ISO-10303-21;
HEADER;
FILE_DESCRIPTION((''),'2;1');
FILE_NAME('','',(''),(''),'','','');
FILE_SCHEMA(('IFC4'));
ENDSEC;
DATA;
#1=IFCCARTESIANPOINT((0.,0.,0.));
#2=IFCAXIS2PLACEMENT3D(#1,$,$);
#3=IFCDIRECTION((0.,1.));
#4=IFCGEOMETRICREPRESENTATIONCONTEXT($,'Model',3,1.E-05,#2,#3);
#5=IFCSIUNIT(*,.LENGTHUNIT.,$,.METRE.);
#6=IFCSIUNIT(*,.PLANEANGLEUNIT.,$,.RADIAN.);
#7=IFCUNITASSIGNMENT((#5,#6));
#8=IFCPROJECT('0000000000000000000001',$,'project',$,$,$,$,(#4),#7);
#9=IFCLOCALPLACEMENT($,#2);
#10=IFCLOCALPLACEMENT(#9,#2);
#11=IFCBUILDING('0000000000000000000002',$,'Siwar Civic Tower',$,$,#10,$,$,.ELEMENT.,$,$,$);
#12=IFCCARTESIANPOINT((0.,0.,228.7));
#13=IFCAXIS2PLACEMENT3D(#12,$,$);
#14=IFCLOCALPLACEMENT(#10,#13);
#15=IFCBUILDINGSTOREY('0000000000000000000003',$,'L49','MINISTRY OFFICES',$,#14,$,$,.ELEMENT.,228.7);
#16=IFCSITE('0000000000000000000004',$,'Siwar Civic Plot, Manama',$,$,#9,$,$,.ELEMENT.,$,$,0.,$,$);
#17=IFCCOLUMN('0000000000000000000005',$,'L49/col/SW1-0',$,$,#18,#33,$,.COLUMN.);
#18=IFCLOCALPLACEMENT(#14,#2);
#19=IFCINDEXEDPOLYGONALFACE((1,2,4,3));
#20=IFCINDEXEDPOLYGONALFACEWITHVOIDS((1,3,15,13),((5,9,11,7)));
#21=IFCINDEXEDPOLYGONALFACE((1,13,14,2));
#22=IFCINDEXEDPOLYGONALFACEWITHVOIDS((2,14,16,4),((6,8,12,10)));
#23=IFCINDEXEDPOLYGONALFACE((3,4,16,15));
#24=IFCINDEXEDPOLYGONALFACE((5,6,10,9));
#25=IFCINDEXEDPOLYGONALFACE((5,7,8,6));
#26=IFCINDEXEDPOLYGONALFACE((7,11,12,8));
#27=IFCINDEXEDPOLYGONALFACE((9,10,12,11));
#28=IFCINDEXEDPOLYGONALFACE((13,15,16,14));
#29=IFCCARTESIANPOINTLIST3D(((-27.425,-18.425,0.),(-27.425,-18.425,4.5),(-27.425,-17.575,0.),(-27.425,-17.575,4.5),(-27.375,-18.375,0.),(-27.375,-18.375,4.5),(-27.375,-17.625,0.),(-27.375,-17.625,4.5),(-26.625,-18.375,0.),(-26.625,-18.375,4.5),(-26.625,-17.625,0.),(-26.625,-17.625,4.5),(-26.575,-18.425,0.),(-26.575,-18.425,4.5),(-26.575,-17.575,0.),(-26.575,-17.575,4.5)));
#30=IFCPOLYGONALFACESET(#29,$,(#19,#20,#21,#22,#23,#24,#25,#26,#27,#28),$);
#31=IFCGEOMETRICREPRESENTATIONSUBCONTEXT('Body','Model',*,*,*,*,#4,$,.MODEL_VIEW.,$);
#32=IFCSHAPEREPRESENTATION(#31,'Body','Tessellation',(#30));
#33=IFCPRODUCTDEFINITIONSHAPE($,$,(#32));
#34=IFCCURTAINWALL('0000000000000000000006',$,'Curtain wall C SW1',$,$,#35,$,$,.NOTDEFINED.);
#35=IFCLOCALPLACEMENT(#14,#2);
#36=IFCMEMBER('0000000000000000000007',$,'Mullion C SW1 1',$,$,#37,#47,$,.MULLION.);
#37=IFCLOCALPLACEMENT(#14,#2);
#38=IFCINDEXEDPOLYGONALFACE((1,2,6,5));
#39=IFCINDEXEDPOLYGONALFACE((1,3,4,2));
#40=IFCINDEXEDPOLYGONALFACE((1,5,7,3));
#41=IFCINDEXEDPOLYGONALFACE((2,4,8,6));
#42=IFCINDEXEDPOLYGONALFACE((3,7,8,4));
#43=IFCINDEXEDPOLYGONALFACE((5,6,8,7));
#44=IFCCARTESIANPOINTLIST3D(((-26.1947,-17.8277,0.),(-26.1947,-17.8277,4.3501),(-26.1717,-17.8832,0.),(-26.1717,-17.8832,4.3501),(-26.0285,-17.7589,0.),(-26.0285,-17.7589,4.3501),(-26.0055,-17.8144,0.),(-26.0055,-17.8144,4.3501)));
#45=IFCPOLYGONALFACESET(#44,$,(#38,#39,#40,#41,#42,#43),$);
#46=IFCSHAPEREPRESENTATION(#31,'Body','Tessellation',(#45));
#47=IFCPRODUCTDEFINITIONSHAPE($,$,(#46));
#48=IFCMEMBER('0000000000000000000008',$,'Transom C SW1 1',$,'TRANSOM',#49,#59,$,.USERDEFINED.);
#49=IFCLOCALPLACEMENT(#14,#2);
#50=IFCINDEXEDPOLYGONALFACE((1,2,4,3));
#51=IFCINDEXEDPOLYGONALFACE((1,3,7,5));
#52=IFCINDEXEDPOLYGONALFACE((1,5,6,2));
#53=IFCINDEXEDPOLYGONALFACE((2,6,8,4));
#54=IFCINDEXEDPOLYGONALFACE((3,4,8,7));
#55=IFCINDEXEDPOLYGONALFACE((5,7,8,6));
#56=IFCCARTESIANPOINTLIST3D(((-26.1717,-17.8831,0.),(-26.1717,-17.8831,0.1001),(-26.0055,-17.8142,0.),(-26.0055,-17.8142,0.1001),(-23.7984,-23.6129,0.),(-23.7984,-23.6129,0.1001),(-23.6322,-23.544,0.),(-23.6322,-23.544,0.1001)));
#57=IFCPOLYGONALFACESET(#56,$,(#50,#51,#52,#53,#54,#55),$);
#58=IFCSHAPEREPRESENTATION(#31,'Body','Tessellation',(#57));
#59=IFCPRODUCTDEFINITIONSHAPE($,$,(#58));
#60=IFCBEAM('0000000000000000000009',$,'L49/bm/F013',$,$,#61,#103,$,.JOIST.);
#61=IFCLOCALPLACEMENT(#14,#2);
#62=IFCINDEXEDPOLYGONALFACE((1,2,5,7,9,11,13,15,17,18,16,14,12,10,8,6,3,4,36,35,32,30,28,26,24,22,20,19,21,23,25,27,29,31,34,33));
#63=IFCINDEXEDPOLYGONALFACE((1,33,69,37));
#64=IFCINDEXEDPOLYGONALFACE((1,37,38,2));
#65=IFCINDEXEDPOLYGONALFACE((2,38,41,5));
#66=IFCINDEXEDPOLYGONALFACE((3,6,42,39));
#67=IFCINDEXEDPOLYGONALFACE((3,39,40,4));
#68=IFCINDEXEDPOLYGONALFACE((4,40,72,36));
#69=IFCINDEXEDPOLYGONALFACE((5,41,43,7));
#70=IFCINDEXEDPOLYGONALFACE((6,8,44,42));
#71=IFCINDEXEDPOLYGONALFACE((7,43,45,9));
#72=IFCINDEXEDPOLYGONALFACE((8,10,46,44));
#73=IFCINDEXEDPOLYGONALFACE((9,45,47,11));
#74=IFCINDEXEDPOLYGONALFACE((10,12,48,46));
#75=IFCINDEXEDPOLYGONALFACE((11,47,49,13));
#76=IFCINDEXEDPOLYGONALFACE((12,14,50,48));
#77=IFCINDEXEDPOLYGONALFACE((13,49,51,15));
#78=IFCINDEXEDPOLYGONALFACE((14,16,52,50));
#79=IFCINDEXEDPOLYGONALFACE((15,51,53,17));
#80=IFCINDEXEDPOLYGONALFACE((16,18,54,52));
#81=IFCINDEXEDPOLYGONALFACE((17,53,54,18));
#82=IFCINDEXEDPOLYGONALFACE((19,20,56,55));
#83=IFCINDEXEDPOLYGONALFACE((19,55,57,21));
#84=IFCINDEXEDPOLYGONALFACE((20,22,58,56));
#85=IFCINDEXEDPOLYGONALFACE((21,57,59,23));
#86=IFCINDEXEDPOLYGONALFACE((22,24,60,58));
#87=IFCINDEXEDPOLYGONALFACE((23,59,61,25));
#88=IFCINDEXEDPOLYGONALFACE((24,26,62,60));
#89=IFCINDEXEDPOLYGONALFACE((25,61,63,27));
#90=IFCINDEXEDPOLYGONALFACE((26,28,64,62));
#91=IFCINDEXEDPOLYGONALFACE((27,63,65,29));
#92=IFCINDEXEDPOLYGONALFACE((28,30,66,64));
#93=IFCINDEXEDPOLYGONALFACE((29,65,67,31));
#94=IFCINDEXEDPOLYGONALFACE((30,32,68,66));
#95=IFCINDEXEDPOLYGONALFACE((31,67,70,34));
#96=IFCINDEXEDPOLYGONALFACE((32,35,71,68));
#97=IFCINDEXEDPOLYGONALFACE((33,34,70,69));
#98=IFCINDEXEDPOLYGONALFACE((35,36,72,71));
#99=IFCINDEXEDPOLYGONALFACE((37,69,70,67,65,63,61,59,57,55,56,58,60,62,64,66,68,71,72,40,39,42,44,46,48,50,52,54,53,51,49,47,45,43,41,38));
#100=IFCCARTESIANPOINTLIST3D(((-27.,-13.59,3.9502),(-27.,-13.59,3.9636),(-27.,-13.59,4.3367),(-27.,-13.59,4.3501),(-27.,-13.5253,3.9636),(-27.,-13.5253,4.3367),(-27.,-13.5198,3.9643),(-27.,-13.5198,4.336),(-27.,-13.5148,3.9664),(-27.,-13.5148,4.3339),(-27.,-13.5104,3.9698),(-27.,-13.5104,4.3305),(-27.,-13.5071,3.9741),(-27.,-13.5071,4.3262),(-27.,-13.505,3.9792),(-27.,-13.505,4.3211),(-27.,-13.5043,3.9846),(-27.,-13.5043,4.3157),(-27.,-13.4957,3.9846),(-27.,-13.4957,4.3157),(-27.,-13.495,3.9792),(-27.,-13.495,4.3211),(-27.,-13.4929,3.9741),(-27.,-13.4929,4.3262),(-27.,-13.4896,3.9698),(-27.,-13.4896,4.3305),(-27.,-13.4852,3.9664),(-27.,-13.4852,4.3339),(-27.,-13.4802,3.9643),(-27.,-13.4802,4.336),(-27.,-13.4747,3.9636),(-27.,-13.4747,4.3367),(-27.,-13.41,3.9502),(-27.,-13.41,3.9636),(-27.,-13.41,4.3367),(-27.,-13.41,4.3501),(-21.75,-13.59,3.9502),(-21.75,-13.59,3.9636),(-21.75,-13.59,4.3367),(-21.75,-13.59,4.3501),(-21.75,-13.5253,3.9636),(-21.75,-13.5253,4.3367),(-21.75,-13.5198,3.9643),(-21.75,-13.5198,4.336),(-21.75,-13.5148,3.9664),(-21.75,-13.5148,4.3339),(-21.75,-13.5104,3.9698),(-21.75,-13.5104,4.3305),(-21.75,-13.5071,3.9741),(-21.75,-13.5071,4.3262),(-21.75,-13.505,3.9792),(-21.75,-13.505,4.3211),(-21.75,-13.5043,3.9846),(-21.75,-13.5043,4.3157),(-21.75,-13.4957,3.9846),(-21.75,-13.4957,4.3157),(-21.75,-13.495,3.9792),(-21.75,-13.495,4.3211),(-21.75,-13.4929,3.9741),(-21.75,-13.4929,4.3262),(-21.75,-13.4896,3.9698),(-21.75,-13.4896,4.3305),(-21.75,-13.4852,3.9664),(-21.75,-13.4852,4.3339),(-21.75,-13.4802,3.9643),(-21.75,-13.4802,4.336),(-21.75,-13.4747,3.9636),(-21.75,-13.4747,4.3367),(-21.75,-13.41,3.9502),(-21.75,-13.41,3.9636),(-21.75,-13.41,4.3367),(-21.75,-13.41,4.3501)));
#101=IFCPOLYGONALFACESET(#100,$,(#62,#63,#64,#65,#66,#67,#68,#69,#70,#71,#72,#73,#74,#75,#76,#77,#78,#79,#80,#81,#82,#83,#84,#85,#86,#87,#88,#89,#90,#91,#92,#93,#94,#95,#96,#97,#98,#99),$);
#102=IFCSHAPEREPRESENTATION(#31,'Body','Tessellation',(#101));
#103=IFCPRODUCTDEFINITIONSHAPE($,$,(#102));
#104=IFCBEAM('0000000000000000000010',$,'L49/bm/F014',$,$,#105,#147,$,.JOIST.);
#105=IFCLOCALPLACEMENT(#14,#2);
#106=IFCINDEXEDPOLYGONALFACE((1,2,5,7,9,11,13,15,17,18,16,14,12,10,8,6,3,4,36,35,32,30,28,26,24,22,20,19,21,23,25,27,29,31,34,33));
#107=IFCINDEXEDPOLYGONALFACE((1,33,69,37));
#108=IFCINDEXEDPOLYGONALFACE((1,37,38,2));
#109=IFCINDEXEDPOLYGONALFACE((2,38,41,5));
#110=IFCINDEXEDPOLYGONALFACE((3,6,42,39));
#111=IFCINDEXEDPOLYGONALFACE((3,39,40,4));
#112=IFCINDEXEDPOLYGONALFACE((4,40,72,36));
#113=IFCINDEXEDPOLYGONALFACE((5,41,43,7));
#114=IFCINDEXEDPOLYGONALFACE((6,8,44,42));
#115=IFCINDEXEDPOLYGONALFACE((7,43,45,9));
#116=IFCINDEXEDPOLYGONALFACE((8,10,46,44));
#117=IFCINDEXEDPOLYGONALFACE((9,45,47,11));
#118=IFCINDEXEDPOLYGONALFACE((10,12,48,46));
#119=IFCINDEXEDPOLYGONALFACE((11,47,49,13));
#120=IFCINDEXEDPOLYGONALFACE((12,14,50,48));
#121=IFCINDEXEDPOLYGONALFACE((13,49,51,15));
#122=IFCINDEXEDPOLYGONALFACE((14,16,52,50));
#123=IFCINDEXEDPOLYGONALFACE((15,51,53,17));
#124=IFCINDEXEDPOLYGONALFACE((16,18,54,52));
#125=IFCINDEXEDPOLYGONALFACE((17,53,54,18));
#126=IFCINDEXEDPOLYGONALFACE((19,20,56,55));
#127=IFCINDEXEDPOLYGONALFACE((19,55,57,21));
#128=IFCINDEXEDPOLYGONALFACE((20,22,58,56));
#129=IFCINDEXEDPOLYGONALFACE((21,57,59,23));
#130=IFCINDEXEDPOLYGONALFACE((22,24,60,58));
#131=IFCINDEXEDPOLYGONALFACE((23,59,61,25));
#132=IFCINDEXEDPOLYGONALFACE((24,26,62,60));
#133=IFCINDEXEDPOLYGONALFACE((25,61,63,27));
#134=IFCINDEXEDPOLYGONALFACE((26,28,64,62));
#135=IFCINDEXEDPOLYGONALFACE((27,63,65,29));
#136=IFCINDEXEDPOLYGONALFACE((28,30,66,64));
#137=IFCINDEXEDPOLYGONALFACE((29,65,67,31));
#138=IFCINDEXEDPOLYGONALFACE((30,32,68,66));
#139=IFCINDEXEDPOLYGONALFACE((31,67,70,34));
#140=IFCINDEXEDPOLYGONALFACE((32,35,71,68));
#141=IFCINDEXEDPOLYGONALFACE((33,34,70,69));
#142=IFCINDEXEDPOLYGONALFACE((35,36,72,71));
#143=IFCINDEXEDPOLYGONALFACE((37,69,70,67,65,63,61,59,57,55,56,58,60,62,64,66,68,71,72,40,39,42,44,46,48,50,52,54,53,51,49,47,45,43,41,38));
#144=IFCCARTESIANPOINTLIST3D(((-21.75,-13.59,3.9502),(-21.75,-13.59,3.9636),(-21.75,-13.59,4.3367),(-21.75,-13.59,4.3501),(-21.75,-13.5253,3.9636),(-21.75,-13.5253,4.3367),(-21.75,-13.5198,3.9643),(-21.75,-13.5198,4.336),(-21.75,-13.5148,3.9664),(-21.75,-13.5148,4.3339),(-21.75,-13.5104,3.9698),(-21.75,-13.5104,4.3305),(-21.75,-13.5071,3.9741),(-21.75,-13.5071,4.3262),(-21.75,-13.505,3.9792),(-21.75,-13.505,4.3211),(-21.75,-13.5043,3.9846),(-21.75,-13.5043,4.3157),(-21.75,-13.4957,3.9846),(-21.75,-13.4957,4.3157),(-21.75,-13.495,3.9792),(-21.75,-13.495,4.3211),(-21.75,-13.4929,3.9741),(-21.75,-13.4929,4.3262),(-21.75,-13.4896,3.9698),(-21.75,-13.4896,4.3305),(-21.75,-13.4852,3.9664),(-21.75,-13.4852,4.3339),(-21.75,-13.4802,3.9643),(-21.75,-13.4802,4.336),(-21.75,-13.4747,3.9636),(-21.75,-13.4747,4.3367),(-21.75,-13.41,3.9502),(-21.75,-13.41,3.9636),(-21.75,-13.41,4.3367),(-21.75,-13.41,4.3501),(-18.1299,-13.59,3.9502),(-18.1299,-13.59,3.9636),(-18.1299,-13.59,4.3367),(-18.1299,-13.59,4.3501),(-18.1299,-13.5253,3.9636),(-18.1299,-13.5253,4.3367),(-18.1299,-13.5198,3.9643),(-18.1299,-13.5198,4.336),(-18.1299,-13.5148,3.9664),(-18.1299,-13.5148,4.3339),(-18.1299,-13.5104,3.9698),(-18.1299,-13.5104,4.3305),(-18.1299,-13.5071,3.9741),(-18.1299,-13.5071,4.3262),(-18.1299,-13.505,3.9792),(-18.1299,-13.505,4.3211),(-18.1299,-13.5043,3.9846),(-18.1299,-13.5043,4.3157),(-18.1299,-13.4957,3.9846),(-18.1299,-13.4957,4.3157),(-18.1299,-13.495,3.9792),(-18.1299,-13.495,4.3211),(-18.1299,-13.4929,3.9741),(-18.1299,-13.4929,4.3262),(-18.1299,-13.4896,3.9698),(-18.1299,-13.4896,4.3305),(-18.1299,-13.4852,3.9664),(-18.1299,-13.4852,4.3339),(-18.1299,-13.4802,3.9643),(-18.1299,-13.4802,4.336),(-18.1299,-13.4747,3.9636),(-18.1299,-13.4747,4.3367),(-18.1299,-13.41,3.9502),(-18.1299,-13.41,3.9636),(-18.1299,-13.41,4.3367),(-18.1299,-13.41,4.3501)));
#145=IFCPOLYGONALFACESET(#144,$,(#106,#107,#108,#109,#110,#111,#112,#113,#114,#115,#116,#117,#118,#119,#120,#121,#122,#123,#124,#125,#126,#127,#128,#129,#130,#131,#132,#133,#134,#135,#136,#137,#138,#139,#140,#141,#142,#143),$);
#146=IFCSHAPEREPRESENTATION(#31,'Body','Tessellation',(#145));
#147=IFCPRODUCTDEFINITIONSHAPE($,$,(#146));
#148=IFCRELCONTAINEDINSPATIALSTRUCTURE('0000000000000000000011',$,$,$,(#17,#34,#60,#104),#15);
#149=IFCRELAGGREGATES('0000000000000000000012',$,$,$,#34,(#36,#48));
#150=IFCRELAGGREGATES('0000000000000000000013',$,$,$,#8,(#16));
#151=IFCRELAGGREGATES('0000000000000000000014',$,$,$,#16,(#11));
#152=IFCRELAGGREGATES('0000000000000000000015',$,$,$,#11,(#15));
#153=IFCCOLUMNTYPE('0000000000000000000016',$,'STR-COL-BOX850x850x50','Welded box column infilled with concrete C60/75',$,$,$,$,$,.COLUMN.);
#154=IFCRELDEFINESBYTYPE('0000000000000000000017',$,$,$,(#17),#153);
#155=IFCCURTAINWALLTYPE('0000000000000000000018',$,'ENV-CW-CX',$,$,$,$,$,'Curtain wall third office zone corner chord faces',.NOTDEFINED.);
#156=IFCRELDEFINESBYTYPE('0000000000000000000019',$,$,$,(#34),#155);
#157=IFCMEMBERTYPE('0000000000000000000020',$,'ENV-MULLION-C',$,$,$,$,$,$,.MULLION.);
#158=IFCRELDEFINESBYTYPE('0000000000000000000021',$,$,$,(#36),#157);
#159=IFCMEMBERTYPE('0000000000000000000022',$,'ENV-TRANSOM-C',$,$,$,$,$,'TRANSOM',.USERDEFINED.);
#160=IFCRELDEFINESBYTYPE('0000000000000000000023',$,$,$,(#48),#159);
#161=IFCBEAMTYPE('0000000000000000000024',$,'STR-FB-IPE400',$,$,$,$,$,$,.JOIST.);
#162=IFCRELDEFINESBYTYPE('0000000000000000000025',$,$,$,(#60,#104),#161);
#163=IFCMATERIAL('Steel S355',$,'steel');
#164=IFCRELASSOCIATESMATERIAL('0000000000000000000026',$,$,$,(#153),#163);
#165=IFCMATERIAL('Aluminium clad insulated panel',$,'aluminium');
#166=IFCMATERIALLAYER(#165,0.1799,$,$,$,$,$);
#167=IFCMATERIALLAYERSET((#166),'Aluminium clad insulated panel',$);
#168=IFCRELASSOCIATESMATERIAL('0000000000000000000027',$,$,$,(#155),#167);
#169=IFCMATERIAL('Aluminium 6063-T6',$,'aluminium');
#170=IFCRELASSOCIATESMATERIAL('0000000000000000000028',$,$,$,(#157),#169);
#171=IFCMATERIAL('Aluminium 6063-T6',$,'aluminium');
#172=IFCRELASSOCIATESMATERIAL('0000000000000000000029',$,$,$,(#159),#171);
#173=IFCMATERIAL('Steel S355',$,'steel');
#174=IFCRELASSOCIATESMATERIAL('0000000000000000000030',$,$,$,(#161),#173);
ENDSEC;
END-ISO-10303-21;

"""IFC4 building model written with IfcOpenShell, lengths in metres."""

from ifc_helpers import new_model, si_unit, direction, frame, origin, origin_2d, place, context, subcontext, project, spatial, rectangle, hollow_rectangle, i_section, extrude, material, layer, layer_set, material_profile, profile_set, type_object, element, aggregate, save


model = new_model("IFC4")

# Units and contexts
model_context = context("Model", 3, precision=1e-05, world=origin(), true_north=direction((0.0, 1.0)))
body_context = subcontext(model_context, "Body", "Model", "MODEL_VIEW")
ifc_project = project(units=[si_unit("LENGTHUNIT", "METRE"), si_unit("PLANEANGLEUNIT", "RADIAN")], contexts=[model_context])

# Site, building, storey
site_placement = place(None, origin())
site = spatial("IfcSite", under=ifc_project, at=site_placement, Name="Siwar Civic Plot, Manama", CompositionType="ELEMENT", RefElevation=0.0)
building_placement = place(site_placement, origin())
building = spatial("IfcBuilding", under=site, at=building_placement, Name="Siwar Civic Tower", CompositionType="ELEMENT")
storey_placement = place(building_placement, frame((0.0, 0.0, 228.7)))
storey = spatial("IfcBuildingStorey", under=building, at=storey_placement, Name="L49", Description="MINISTRY OFFICES", CompositionType="ELEMENT", Elevation=228.7)

# Column
ifc_material_1 = material(Name="Steel S355", Category="steel")
ifc_material_profile_1 = material_profile(ifc_material_1, hollow_rectangle(XDim=0.8501, YDim=0.8501, WallThickness=0.05, at=origin_2d()), Name="BOX850x850x50")
ifc_profile_set_1 = profile_set([ifc_material_profile_1], Name="Steel S355")
column_type = type_object("IfcColumnType", Name="STR-COL-BOX850x850x50", Description="Welded box column infilled with concrete C60/75", PredefinedType="COLUMN", material=ifc_profile_set_1)
column_placement = place(storey_placement, frame((-27.0, -18.0, 0.0), z_axis=(0.0, 0.0, 1.0), x_axis=(1.0, 0.0, 0.0)))
element("IfcColumn", 1, at=column_placement, inside=storey, type_object=column_type, Name="L49/col/SW1-0", PredefinedType="COLUMN", context=body_context, shape_type="SweptSolid", body=[
    extrude(hollow_rectangle(XDim=0.8501, YDim=0.8501, WallThickness=0.05, at=origin_2d()), origin(), (0.0, 0.0, 1.0), 4.5),
])

# Curtain wall, members
ifc_material_2 = material(Name="Aluminium clad insulated panel", Category="aluminium")
ifc_layer_1 = layer(ifc_material_2, 0.1799)
ifc_layer_set_1 = layer_set([ifc_layer_1], Name="Aluminium clad insulated panel")
curtain_wall_type_1 = type_object("IfcCurtainWallType", Name="ENV-CW-CX", ElementType="Curtain wall third office zone corner chord faces", PredefinedType="NOTDEFINED", material=ifc_layer_set_1)
curtain_wall_1_placement = place(storey_placement, origin())
curtain_wall_1 = element("IfcCurtainWall", 2, at=curtain_wall_1_placement, inside=storey, type_object=curtain_wall_type_1, Name="Curtain wall C SW1", PredefinedType="NOTDEFINED")
ifc_material_3 = material(Name="Aluminium 6063-T6", Category="aluminium")
ifc_material_profile_2 = material_profile(ifc_material_3, rectangle(XDim=0.1799, YDim=0.0601, at=origin_2d()), Name="AL 180x60")
ifc_profile_set_2 = profile_set([ifc_material_profile_2], Name="Aluminium 6063-T6")
member_type_1 = type_object("IfcMemberType", Name="ENV-MULLION-C", PredefinedType="MULLION", material=ifc_profile_set_2)
member_1_placement = place(storey_placement, frame((-26.1001, -17.821, 0.0), z_axis=(0.0, 0.0, 1.0), x_axis=(0.92388, 0.382683, 0.0)))
member_1 = element("IfcMember", 3, at=member_1_placement, type_object=member_type_1, Name="Mullion C SW1 1", PredefinedType="MULLION", context=body_context, shape_type="SweptSolid", body=[
    extrude(rectangle(XDim=0.1799, YDim=0.0601, at=origin_2d()), origin(), (0.0, 0.0, 1.0), 4.3501),
])
ifc_material_4 = material(Name="Aluminium 6063-T6", Category="aluminium")
ifc_material_profile_3 = material_profile(ifc_material_4, rectangle(XDim=0.1799, YDim=0.1001, at=origin_2d()), Name="AL 180x100")
ifc_profile_set_3 = profile_set([ifc_material_profile_3], Name="Aluminium 6063-T6")
member_type_2 = type_object("IfcMemberType", Name="ENV-TRANSOM-C", ElementType="TRANSOM", PredefinedType="USERDEFINED", material=ifc_profile_set_3)
member_2_placement = place(storey_placement, frame((-26.0886, -17.8486, 0.05), z_axis=(0.382677, -0.923882, 0.0), x_axis=(0.923882, 0.382677, 0.0)))
member_2 = element("IfcMember", 4, at=member_2_placement, type_object=member_type_2, Name="Transom C SW1 1", ObjectType="TRANSOM", PredefinedType="USERDEFINED", context=body_context, shape_type="SweptSolid", body=[
    extrude(rectangle(XDim=0.1799, YDim=0.1001, at=origin_2d()), origin(), (0.0, 0.0, 1.0), 6.2019),
])
aggregate(curtain_wall_1, [member_1, member_2])

# Beams
ifc_material_5 = material(Name="Steel S355", Category="steel")
ifc_material_profile_4 = material_profile(ifc_material_5, i_section(OverallWidth=0.1799, OverallDepth=0.3999, WebThickness=0.0085, FlangeThickness=0.0134, FilletRadius=0.021, at=origin_2d()), Name="IPE400")
ifc_profile_set_4 = profile_set([ifc_material_profile_4], Name="Steel S355")
beam_type_1 = type_object("IfcBeamType", Name="STR-FB-IPE400", PredefinedType="JOIST", material=ifc_profile_set_4)
beam_1_placement = place(storey_placement, frame((-27.0, -13.5, 4.1501), z_axis=(1.0, 0.0, 0.0), x_axis=(0.0, 1.0, 0.0)))
element("IfcBeam", 5, at=beam_1_placement, inside=storey, type_object=beam_type_1, Name="L49/bm/F013", PredefinedType="JOIST", context=body_context, shape_type="SweptSolid", body=[
    extrude(i_section(OverallWidth=0.1799, OverallDepth=0.3999, WebThickness=0.0085, FlangeThickness=0.0134, FilletRadius=0.021, at=origin_2d()), origin(), (0.0, 0.0, 1.0), 5.25),
])
beam_2_placement = place(storey_placement, frame((-21.75, -13.5, 4.1501), z_axis=(1.0, 0.0, 0.0), x_axis=(0.0, 1.0, 0.0)))
element("IfcBeam", 6, at=beam_2_placement, inside=storey, type_object=beam_type_1, Name="L49/bm/F014", PredefinedType="JOIST", context=body_context, shape_type="SweptSolid", body=[
    extrude(i_section(OverallWidth=0.1799, OverallDepth=0.3999, WebThickness=0.0085, FlangeThickness=0.0134, FilletRadius=0.021, at=origin_2d()), origin(), (0.0, 0.0, 1.0), 3.6201),
])

save(model, "model.ifc")
